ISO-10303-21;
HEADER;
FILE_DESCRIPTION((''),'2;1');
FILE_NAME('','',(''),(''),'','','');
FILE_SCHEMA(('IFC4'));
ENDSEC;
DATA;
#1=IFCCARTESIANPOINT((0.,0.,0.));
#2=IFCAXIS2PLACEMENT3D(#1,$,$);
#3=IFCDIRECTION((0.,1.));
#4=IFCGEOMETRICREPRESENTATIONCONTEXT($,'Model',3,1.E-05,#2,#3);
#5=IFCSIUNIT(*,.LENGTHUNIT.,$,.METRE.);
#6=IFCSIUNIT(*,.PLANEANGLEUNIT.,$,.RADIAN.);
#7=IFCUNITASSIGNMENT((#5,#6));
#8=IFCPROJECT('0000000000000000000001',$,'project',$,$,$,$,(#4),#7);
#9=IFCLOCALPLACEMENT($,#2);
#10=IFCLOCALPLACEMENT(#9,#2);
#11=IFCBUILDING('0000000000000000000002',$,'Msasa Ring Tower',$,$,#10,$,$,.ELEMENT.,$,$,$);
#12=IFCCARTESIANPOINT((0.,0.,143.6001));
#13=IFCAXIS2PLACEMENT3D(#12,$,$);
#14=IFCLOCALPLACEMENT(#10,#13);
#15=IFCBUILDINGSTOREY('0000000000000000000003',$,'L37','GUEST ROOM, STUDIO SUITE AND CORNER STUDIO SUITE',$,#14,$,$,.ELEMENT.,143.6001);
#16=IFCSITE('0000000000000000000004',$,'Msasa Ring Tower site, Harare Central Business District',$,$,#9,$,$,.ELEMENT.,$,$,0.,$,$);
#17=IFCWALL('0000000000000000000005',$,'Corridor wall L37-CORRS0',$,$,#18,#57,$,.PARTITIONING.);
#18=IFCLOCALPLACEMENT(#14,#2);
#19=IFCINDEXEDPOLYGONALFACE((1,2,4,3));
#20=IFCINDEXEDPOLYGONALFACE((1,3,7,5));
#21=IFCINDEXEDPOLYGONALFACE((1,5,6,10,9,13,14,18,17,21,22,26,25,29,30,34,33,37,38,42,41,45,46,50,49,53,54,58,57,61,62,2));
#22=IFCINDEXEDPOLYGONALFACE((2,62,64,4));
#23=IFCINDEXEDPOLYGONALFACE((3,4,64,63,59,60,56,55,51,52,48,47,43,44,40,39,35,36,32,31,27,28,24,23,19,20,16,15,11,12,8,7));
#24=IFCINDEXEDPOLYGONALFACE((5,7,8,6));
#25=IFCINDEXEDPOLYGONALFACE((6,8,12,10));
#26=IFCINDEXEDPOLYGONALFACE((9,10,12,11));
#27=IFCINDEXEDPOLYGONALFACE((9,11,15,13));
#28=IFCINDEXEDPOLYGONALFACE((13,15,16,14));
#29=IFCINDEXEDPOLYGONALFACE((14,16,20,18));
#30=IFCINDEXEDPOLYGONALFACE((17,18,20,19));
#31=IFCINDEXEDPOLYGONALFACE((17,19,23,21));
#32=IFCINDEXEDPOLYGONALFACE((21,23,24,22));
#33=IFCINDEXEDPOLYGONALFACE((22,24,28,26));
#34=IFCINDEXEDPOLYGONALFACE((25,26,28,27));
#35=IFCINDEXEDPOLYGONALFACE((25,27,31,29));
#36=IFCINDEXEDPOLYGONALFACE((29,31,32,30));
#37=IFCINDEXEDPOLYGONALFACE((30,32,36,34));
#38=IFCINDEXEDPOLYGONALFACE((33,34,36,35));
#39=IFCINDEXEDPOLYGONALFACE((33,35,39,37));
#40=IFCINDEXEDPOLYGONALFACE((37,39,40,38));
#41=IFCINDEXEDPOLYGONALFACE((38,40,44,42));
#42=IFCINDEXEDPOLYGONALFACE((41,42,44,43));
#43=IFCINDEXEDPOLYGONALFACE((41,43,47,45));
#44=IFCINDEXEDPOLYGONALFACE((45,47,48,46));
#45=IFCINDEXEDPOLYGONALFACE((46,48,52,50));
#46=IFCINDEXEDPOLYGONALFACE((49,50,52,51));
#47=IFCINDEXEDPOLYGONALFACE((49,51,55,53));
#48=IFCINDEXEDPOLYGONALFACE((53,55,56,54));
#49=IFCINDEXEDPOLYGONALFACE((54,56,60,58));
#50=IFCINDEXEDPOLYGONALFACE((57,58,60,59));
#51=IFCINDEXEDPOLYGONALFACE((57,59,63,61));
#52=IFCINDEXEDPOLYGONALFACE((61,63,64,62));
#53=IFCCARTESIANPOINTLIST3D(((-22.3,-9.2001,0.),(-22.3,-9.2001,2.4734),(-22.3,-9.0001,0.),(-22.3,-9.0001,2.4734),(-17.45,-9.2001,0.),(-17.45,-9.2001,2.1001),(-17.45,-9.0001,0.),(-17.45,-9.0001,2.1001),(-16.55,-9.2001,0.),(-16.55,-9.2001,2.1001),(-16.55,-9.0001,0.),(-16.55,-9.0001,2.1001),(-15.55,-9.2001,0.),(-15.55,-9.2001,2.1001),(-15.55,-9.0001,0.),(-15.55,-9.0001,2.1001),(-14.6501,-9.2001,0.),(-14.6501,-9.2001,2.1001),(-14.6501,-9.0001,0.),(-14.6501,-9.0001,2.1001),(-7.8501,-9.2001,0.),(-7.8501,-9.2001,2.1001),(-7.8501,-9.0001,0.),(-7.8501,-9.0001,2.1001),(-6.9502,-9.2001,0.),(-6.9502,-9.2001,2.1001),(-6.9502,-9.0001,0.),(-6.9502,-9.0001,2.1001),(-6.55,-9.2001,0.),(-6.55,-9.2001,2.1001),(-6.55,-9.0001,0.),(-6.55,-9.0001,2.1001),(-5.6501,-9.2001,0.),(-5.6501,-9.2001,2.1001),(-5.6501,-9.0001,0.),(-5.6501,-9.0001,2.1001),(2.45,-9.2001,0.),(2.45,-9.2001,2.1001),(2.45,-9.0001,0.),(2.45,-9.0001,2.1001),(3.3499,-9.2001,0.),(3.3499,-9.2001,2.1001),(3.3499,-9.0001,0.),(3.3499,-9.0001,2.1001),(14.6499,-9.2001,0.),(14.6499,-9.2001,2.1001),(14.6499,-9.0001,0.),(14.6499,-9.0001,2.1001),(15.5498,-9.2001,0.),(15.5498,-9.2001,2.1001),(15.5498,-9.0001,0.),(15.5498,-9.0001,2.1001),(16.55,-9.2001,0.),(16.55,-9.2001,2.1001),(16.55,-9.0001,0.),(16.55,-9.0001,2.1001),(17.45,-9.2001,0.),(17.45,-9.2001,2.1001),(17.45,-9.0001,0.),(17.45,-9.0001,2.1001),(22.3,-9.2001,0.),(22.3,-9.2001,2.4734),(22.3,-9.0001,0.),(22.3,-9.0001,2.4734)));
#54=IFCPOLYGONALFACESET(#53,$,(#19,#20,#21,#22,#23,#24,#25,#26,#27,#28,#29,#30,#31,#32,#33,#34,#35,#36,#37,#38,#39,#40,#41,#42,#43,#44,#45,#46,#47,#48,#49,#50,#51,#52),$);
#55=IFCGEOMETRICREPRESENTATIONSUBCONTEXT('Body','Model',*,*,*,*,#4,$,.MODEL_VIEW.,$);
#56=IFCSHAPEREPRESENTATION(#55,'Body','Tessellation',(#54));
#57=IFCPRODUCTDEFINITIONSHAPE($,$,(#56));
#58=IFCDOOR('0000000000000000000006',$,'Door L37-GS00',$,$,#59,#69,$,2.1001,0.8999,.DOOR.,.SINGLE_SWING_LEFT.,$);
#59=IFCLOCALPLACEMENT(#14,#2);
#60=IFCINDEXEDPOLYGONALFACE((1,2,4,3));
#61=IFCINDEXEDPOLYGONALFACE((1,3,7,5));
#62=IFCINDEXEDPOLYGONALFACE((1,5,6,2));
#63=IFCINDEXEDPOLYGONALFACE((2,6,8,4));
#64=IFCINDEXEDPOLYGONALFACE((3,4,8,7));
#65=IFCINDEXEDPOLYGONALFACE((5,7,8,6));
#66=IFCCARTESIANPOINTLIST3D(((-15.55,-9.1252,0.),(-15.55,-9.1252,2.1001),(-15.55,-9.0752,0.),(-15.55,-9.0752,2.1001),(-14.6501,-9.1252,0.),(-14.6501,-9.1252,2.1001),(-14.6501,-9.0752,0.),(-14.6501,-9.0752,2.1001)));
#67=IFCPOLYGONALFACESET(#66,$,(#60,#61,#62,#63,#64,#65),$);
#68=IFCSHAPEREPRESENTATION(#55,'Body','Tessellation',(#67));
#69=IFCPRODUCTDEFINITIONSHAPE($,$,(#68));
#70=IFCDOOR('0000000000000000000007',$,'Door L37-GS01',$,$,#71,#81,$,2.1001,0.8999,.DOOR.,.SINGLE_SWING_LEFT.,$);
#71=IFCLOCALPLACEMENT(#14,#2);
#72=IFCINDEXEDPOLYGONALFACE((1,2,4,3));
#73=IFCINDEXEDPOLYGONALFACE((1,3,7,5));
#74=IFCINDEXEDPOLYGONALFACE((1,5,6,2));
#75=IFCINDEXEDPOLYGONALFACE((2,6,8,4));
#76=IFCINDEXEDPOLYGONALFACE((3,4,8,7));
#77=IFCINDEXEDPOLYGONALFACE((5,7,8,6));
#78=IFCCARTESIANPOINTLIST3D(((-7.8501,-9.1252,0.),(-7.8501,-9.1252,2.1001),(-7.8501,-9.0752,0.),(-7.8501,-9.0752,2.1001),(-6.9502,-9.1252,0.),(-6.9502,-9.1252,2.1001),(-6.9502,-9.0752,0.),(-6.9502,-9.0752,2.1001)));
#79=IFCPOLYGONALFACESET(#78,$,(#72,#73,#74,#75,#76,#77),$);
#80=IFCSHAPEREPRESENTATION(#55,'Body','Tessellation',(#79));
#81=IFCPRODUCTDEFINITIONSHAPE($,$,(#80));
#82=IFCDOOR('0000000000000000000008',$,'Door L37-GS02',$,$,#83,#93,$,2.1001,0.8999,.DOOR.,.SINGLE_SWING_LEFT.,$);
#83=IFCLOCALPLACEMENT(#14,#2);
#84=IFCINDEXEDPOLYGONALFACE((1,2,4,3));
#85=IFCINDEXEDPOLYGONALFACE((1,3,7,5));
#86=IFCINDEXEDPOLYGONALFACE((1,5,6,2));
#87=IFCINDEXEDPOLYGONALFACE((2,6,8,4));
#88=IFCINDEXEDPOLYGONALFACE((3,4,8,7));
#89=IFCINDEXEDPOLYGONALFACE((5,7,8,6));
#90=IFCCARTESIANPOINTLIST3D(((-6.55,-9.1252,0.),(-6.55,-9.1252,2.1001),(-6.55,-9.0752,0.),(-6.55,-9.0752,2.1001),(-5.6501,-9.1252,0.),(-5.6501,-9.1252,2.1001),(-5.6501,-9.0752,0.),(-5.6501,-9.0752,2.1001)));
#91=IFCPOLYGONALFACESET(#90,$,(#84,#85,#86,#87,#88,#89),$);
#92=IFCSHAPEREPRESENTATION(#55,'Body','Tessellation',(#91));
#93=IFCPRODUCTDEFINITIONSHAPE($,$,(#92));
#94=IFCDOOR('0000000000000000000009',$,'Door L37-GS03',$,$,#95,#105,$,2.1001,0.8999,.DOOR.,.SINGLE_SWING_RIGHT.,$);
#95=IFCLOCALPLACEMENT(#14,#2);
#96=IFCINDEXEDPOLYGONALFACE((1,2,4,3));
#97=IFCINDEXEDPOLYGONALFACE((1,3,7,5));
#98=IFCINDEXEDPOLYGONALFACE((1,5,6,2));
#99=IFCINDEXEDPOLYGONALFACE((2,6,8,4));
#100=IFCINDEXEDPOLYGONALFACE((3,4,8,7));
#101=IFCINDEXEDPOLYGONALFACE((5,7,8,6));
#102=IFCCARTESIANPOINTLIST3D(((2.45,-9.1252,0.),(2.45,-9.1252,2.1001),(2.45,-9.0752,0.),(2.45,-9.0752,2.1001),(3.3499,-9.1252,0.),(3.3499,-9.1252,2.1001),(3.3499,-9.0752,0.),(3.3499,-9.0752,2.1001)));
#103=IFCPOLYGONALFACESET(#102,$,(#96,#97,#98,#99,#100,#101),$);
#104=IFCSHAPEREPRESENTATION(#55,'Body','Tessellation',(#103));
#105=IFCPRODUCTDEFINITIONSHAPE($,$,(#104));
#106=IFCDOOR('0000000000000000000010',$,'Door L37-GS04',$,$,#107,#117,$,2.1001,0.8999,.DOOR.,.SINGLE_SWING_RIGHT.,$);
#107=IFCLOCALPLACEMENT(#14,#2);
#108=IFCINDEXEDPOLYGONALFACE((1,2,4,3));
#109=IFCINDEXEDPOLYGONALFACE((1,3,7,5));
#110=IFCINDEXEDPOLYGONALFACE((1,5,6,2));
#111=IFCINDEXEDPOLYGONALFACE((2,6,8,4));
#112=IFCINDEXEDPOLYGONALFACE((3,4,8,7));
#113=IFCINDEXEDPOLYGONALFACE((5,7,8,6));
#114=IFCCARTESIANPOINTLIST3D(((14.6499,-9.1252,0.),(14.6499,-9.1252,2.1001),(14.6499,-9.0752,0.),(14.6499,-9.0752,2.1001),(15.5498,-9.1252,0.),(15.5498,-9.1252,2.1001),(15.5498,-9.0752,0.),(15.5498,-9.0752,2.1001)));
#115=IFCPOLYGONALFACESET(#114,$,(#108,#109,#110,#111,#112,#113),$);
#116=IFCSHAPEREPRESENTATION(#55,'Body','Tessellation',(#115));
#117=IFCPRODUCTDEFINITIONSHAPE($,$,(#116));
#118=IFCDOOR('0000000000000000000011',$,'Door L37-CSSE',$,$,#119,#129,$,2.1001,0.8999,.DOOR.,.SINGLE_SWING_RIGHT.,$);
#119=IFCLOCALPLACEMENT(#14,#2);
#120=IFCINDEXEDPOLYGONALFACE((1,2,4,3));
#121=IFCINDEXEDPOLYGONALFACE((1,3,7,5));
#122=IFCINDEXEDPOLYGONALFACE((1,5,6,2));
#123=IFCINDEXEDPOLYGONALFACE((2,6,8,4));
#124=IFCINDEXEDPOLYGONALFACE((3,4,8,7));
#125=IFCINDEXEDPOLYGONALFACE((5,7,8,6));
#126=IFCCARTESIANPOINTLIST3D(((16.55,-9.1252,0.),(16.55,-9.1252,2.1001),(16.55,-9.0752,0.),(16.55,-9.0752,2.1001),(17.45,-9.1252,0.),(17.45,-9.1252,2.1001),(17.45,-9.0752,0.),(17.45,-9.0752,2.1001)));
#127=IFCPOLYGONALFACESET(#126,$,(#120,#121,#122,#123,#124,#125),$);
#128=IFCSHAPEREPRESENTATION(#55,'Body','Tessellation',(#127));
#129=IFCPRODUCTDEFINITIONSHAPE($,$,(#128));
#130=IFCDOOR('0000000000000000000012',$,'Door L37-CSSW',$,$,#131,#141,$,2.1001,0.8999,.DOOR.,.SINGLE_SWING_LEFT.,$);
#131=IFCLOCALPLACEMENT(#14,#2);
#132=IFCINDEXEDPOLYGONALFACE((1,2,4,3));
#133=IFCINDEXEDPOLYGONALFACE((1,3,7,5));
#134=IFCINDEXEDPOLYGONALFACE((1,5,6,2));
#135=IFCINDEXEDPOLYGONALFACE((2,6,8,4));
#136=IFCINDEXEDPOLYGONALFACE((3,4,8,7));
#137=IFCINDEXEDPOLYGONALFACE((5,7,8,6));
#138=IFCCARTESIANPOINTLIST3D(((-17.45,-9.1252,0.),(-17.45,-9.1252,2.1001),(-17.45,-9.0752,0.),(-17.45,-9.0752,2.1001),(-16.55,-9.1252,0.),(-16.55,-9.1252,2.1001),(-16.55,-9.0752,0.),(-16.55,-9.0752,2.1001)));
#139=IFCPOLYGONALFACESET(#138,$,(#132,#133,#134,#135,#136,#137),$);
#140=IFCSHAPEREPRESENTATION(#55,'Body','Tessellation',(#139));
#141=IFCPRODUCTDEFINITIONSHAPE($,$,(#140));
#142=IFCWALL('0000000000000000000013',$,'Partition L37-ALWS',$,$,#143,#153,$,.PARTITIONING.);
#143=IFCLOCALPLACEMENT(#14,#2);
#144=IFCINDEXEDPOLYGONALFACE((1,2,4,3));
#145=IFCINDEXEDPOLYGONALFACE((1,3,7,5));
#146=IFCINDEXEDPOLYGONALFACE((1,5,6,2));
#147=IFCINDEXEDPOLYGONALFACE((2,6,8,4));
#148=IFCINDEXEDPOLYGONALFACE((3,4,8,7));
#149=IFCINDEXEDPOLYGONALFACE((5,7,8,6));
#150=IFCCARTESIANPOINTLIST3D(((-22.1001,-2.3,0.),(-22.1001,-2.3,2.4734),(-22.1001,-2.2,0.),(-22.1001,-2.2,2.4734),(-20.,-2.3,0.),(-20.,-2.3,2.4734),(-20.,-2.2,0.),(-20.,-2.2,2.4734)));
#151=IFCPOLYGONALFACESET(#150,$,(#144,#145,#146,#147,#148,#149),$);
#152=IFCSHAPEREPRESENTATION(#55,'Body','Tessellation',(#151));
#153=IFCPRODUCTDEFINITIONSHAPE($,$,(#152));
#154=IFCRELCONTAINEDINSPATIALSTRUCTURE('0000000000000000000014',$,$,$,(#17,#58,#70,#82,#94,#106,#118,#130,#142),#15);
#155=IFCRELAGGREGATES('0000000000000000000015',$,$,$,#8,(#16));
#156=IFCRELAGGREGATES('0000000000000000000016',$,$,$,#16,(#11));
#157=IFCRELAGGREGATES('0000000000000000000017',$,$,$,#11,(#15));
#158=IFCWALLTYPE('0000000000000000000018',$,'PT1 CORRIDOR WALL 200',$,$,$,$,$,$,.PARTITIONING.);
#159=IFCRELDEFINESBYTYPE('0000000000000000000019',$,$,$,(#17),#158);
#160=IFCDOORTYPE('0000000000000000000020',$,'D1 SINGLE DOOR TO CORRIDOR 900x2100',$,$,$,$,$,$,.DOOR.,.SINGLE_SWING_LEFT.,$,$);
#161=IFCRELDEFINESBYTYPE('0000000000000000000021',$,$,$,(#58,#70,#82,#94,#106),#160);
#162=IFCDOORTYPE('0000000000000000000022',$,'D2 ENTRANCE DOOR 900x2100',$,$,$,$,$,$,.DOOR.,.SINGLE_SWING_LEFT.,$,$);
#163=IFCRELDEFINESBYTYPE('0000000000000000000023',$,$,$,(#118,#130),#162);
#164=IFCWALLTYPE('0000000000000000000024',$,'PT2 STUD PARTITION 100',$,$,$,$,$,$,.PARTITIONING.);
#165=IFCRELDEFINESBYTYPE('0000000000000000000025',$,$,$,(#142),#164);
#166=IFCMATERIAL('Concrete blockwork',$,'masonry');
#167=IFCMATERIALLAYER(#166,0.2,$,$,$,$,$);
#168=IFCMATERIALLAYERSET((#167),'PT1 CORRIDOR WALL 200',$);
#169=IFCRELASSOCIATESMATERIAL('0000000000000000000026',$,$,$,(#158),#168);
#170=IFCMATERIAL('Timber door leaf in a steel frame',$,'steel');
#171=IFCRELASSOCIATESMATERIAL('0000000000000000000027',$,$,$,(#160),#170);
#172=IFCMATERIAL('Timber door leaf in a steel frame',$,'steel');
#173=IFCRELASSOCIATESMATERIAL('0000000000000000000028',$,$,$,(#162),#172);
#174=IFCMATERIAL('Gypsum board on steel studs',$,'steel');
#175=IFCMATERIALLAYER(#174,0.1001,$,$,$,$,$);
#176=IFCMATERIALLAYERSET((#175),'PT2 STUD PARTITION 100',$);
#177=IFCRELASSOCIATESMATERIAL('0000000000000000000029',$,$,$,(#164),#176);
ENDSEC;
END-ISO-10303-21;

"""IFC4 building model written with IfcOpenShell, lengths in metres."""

from ifc_helpers import new_model, si_unit, direction, frame, frame_2d, origin, place, context, subcontext, project, spatial, rectangle, extrude, material, layer, layer_set, type_object, element, fill, save


model = new_model("IFC4")

# Units and contexts
model_context = context("Model", 3, precision=1e-05, world=origin(), true_north=direction((0.0, 1.0)))
body_context = subcontext(model_context, "Body", "Model", "MODEL_VIEW")
ifc_project = project(units=[si_unit("LENGTHUNIT", "METRE"), si_unit("PLANEANGLEUNIT", "RADIAN")], contexts=[model_context])

# Site, building, storey
site_placement = place(None, origin())
site = spatial("IfcSite", under=ifc_project, at=site_placement, Name="Msasa Ring Tower site, Harare Central Business District", CompositionType="ELEMENT", RefElevation=0.0)
building_placement = place(site_placement, origin())
building = spatial("IfcBuilding", under=site, at=building_placement, Name="Msasa Ring Tower", CompositionType="ELEMENT")
storey_placement = place(building_placement, frame((0.0, 0.0, 143.6001)))
storey = spatial("IfcBuildingStorey", under=building, at=storey_placement, Name="L37", Description="GUEST ROOM, STUDIO SUITE AND CORNER STUDIO SUITE", CompositionType="ELEMENT", Elevation=143.6001)

# Wall, openings, doors
ifc_material_1 = material(Name="Concrete blockwork", Category="masonry")
ifc_layer_1 = layer(ifc_material_1, 0.2)
ifc_layer_set_1 = layer_set([ifc_layer_1], Name="PT1 CORRIDOR WALL 200")
wall_type_1 = type_object("IfcWallType", Name="PT1 CORRIDOR WALL 200", PredefinedType="PARTITIONING", material=ifc_layer_set_1)
wall_1_placement = place(storey_placement, frame((-22.3, -9.1001, 0.0), z_axis=(0.0, 0.0, 1.0), x_axis=(1.0, 0.0, 0.0)))
wall_1 = element("IfcWall", 1, at=wall_1_placement, inside=storey, type_object=wall_type_1, Name="Corridor wall L37-CORRS0", PredefinedType="PARTITIONING", context=body_context, shape_type="SweptSolid", body=[
    extrude(rectangle(XDim=44.6001, YDim=0.2, at=frame_2d((22.3, 0.0))), origin(), (0.0, 0.0, 1.0), 2.4734),
])
opening_1_placement = place(wall_1_placement, frame((6.75, 0.0, 0.0)))
opening_1 = element("IfcOpeningElement", 2, at=opening_1_placement, cuts=wall_1, PredefinedType="OPENING", context=body_context, shape_type="SweptSolid", body=[
    extrude(rectangle(XDim=0.8999, YDim=2.1001, at=frame_2d((0.45, 1.05))), frame((0.0, 0.1099, 0.0), z_axis=(0.0, -1.0, 0.0), x_axis=(1.0, 0.0, 0.0)), (0.0, 0.0, 1.0), 0.22),
])
opening_2_placement = place(wall_1_placement, frame((14.45, 0.0, 0.0)))
opening_2 = element("IfcOpeningElement", 3, at=opening_2_placement, cuts=wall_1, PredefinedType="OPENING", context=body_context, shape_type="SweptSolid", body=[
    extrude(rectangle(XDim=0.8999, YDim=2.1001, at=frame_2d((0.45, 1.05))), frame((0.0, 0.1099, 0.0), z_axis=(0.0, -1.0, 0.0), x_axis=(1.0, 0.0, 0.0)), (0.0, 0.0, 1.0), 0.22),
])
opening_3_placement = place(wall_1_placement, frame((15.75, 0.0, 0.0)))
opening_3 = element("IfcOpeningElement", 4, at=opening_3_placement, cuts=wall_1, PredefinedType="OPENING", context=body_context, shape_type="SweptSolid", body=[
    extrude(rectangle(XDim=0.8999, YDim=2.1001, at=frame_2d((0.45, 1.05))), frame((0.0, 0.1099, 0.0), z_axis=(0.0, -1.0, 0.0), x_axis=(1.0, 0.0, 0.0)), (0.0, 0.0, 1.0), 0.22),
])
opening_4_placement = place(wall_1_placement, frame((24.75, 0.0, 0.0)))
opening_4 = element("IfcOpeningElement", 5, at=opening_4_placement, cuts=wall_1, PredefinedType="OPENING", context=body_context, shape_type="SweptSolid", body=[
    extrude(rectangle(XDim=0.8999, YDim=2.1001, at=frame_2d((0.45, 1.05))), frame((0.0, 0.1099, 0.0), z_axis=(0.0, -1.0, 0.0), x_axis=(1.0, 0.0, 0.0)), (0.0, 0.0, 1.0), 0.22),
])
opening_5_placement = place(wall_1_placement, frame((36.95, 0.0, 0.0)))
opening_5 = element("IfcOpeningElement", 6, at=opening_5_placement, cuts=wall_1, PredefinedType="OPENING", context=body_context, shape_type="SweptSolid", body=[
    extrude(rectangle(XDim=0.8999, YDim=2.1001, at=frame_2d((0.45, 1.05))), frame((0.0, 0.1099, 0.0), z_axis=(0.0, -1.0, 0.0), x_axis=(1.0, 0.0, 0.0)), (0.0, 0.0, 1.0), 0.22),
])
opening_6_placement = place(wall_1_placement, frame((38.8501, 0.0, 0.0)))
opening_6 = element("IfcOpeningElement", 7, at=opening_6_placement, cuts=wall_1, PredefinedType="OPENING", context=body_context, shape_type="SweptSolid", body=[
    extrude(rectangle(XDim=0.8999, YDim=2.1001, at=frame_2d((0.45, 1.05))), frame((0.0, 0.1099, 0.0), z_axis=(0.0, -1.0, 0.0), x_axis=(1.0, 0.0, 0.0)), (0.0, 0.0, 1.0), 0.22),
])
opening_7_placement = place(wall_1_placement, frame((4.8501, 0.0, 0.0)))
opening_7 = element("IfcOpeningElement", 8, at=opening_7_placement, cuts=wall_1, PredefinedType="OPENING", context=body_context, shape_type="SweptSolid", body=[
    extrude(rectangle(XDim=0.8999, YDim=2.1001, at=frame_2d((0.45, 1.05))), frame((0.0, 0.1099, 0.0), z_axis=(0.0, -1.0, 0.0), x_axis=(1.0, 0.0, 0.0)), (0.0, 0.0, 1.0), 0.22),
])
ifc_material_2 = material(Name="Timber door leaf in a steel frame", Category="steel")
door_type_1 = type_object("IfcDoorType", Name="D1 SINGLE DOOR TO CORRIDOR 900x2100", OperationType="SINGLE_SWING_LEFT", PredefinedType="DOOR", material=ifc_material_2)
door_1_placement = place(opening_1_placement, origin())
door_1 = element("IfcDoor", 9, at=door_1_placement, inside=storey, type_object=door_type_1, Name="Door L37-GS00", OperationType="SINGLE_SWING_LEFT", OverallHeight=2.1001, OverallWidth=0.8999, PredefinedType="DOOR", context=body_context, shape_type="SweptSolid", body=[
    extrude(rectangle(XDim=0.8999, YDim=2.1001, at=frame_2d((0.45, 1.05))), frame((0.0, 0.0249, 0.0), z_axis=(0.0, -1.0, 0.0), x_axis=(1.0, 0.0, 0.0)), (0.0, 0.0, 1.0), 0.05),
])
fill(opening_1, door_1)
door_2_placement = place(opening_2_placement, origin())
door_2 = element("IfcDoor", 10, at=door_2_placement, inside=storey, type_object=door_type_1, Name="Door L37-GS01", OperationType="SINGLE_SWING_LEFT", OverallHeight=2.1001, OverallWidth=0.8999, PredefinedType="DOOR", context=body_context, shape_type="SweptSolid", body=[
    extrude(rectangle(XDim=0.8999, YDim=2.1001, at=frame_2d((0.45, 1.05))), frame((0.0, 0.0249, 0.0), z_axis=(0.0, -1.0, 0.0), x_axis=(1.0, 0.0, 0.0)), (0.0, 0.0, 1.0), 0.05),
])
fill(opening_2, door_2)
door_3_placement = place(opening_3_placement, origin())
door_3 = element("IfcDoor", 11, at=door_3_placement, inside=storey, type_object=door_type_1, Name="Door L37-GS02", OperationType="SINGLE_SWING_LEFT", OverallHeight=2.1001, OverallWidth=0.8999, PredefinedType="DOOR", context=body_context, shape_type="SweptSolid", body=[
    extrude(rectangle(XDim=0.8999, YDim=2.1001, at=frame_2d((0.45, 1.05))), frame((0.0, 0.0249, 0.0), z_axis=(0.0, -1.0, 0.0), x_axis=(1.0, 0.0, 0.0)), (0.0, 0.0, 1.0), 0.05),
])
fill(opening_3, door_3)
door_4_placement = place(opening_4_placement, origin())
door_4 = element("IfcDoor", 12, at=door_4_placement, inside=storey, type_object=door_type_1, Name="Door L37-GS03", OperationType="SINGLE_SWING_RIGHT", OverallHeight=2.1001, OverallWidth=0.8999, PredefinedType="DOOR", context=body_context, shape_type="SweptSolid", body=[
    extrude(rectangle(XDim=0.8999, YDim=2.1001, at=frame_2d((0.45, 1.05))), frame((0.0, 0.0249, 0.0), z_axis=(0.0, -1.0, 0.0), x_axis=(1.0, 0.0, 0.0)), (0.0, 0.0, 1.0), 0.05),
])
fill(opening_4, door_4)
door_5_placement = place(opening_5_placement, origin())
door_5 = element("IfcDoor", 13, at=door_5_placement, inside=storey, type_object=door_type_1, Name="Door L37-GS04", OperationType="SINGLE_SWING_RIGHT", OverallHeight=2.1001, OverallWidth=0.8999, PredefinedType="DOOR", context=body_context, shape_type="SweptSolid", body=[
    extrude(rectangle(XDim=0.8999, YDim=2.1001, at=frame_2d((0.45, 1.05))), frame((0.0, 0.0249, 0.0), z_axis=(0.0, -1.0, 0.0), x_axis=(1.0, 0.0, 0.0)), (0.0, 0.0, 1.0), 0.05),
])
fill(opening_5, door_5)
ifc_material_3 = material(Name="Timber door leaf in a steel frame", Category="steel")
door_type_2 = type_object("IfcDoorType", Name="D2 ENTRANCE DOOR 900x2100", OperationType="SINGLE_SWING_LEFT", PredefinedType="DOOR", material=ifc_material_3)
door_6_placement = place(opening_6_placement, origin())
door_6 = element("IfcDoor", 14, at=door_6_placement, inside=storey, type_object=door_type_2, Name="Door L37-CSSE", OperationType="SINGLE_SWING_RIGHT", OverallHeight=2.1001, OverallWidth=0.8999, PredefinedType="DOOR", context=body_context, shape_type="SweptSolid", body=[
    extrude(rectangle(XDim=0.8999, YDim=2.1001, at=frame_2d((0.45, 1.05))), frame((0.0, 0.0249, 0.0), z_axis=(0.0, -1.0, 0.0), x_axis=(1.0, 0.0, 0.0)), (0.0, 0.0, 1.0), 0.05),
])
fill(opening_6, door_6)
door_7_placement = place(opening_7_placement, origin())
door_7 = element("IfcDoor", 15, at=door_7_placement, inside=storey, type_object=door_type_2, Name="Door L37-CSSW", OperationType="SINGLE_SWING_LEFT", OverallHeight=2.1001, OverallWidth=0.8999, PredefinedType="DOOR", context=body_context, shape_type="SweptSolid", body=[
    extrude(rectangle(XDim=0.8999, YDim=2.1001, at=frame_2d((0.45, 1.05))), frame((0.0, 0.0249, 0.0), z_axis=(0.0, -1.0, 0.0), x_axis=(1.0, 0.0, 0.0)), (0.0, 0.0, 1.0), 0.05),
])
fill(opening_7, door_7)

# Wall
ifc_material_4 = material(Name="Gypsum board on steel studs", Category="steel")
ifc_layer_2 = layer(ifc_material_4, 0.1001)
ifc_layer_set_2 = layer_set([ifc_layer_2], Name="PT2 STUD PARTITION 100")
wall_type_2 = type_object("IfcWallType", Name="PT2 STUD PARTITION 100", PredefinedType="PARTITIONING", material=ifc_layer_set_2)
wall_2_placement = place(storey_placement, frame((-22.1001, -2.25, 0.0), z_axis=(0.0, 0.0, 1.0), x_axis=(1.0, 0.0, 0.0)))
element("IfcWall", 16, at=wall_2_placement, inside=storey, type_object=wall_type_2, Name="Partition L37-ALWS", PredefinedType="PARTITIONING", context=body_context, shape_type="SweptSolid", body=[
    extrude(rectangle(XDim=2.1001, YDim=0.1001, at=frame_2d((1.05, 0.0))), origin(), (0.0, 0.0, 1.0), 2.4734),
])

save(model, "model.ifc")
